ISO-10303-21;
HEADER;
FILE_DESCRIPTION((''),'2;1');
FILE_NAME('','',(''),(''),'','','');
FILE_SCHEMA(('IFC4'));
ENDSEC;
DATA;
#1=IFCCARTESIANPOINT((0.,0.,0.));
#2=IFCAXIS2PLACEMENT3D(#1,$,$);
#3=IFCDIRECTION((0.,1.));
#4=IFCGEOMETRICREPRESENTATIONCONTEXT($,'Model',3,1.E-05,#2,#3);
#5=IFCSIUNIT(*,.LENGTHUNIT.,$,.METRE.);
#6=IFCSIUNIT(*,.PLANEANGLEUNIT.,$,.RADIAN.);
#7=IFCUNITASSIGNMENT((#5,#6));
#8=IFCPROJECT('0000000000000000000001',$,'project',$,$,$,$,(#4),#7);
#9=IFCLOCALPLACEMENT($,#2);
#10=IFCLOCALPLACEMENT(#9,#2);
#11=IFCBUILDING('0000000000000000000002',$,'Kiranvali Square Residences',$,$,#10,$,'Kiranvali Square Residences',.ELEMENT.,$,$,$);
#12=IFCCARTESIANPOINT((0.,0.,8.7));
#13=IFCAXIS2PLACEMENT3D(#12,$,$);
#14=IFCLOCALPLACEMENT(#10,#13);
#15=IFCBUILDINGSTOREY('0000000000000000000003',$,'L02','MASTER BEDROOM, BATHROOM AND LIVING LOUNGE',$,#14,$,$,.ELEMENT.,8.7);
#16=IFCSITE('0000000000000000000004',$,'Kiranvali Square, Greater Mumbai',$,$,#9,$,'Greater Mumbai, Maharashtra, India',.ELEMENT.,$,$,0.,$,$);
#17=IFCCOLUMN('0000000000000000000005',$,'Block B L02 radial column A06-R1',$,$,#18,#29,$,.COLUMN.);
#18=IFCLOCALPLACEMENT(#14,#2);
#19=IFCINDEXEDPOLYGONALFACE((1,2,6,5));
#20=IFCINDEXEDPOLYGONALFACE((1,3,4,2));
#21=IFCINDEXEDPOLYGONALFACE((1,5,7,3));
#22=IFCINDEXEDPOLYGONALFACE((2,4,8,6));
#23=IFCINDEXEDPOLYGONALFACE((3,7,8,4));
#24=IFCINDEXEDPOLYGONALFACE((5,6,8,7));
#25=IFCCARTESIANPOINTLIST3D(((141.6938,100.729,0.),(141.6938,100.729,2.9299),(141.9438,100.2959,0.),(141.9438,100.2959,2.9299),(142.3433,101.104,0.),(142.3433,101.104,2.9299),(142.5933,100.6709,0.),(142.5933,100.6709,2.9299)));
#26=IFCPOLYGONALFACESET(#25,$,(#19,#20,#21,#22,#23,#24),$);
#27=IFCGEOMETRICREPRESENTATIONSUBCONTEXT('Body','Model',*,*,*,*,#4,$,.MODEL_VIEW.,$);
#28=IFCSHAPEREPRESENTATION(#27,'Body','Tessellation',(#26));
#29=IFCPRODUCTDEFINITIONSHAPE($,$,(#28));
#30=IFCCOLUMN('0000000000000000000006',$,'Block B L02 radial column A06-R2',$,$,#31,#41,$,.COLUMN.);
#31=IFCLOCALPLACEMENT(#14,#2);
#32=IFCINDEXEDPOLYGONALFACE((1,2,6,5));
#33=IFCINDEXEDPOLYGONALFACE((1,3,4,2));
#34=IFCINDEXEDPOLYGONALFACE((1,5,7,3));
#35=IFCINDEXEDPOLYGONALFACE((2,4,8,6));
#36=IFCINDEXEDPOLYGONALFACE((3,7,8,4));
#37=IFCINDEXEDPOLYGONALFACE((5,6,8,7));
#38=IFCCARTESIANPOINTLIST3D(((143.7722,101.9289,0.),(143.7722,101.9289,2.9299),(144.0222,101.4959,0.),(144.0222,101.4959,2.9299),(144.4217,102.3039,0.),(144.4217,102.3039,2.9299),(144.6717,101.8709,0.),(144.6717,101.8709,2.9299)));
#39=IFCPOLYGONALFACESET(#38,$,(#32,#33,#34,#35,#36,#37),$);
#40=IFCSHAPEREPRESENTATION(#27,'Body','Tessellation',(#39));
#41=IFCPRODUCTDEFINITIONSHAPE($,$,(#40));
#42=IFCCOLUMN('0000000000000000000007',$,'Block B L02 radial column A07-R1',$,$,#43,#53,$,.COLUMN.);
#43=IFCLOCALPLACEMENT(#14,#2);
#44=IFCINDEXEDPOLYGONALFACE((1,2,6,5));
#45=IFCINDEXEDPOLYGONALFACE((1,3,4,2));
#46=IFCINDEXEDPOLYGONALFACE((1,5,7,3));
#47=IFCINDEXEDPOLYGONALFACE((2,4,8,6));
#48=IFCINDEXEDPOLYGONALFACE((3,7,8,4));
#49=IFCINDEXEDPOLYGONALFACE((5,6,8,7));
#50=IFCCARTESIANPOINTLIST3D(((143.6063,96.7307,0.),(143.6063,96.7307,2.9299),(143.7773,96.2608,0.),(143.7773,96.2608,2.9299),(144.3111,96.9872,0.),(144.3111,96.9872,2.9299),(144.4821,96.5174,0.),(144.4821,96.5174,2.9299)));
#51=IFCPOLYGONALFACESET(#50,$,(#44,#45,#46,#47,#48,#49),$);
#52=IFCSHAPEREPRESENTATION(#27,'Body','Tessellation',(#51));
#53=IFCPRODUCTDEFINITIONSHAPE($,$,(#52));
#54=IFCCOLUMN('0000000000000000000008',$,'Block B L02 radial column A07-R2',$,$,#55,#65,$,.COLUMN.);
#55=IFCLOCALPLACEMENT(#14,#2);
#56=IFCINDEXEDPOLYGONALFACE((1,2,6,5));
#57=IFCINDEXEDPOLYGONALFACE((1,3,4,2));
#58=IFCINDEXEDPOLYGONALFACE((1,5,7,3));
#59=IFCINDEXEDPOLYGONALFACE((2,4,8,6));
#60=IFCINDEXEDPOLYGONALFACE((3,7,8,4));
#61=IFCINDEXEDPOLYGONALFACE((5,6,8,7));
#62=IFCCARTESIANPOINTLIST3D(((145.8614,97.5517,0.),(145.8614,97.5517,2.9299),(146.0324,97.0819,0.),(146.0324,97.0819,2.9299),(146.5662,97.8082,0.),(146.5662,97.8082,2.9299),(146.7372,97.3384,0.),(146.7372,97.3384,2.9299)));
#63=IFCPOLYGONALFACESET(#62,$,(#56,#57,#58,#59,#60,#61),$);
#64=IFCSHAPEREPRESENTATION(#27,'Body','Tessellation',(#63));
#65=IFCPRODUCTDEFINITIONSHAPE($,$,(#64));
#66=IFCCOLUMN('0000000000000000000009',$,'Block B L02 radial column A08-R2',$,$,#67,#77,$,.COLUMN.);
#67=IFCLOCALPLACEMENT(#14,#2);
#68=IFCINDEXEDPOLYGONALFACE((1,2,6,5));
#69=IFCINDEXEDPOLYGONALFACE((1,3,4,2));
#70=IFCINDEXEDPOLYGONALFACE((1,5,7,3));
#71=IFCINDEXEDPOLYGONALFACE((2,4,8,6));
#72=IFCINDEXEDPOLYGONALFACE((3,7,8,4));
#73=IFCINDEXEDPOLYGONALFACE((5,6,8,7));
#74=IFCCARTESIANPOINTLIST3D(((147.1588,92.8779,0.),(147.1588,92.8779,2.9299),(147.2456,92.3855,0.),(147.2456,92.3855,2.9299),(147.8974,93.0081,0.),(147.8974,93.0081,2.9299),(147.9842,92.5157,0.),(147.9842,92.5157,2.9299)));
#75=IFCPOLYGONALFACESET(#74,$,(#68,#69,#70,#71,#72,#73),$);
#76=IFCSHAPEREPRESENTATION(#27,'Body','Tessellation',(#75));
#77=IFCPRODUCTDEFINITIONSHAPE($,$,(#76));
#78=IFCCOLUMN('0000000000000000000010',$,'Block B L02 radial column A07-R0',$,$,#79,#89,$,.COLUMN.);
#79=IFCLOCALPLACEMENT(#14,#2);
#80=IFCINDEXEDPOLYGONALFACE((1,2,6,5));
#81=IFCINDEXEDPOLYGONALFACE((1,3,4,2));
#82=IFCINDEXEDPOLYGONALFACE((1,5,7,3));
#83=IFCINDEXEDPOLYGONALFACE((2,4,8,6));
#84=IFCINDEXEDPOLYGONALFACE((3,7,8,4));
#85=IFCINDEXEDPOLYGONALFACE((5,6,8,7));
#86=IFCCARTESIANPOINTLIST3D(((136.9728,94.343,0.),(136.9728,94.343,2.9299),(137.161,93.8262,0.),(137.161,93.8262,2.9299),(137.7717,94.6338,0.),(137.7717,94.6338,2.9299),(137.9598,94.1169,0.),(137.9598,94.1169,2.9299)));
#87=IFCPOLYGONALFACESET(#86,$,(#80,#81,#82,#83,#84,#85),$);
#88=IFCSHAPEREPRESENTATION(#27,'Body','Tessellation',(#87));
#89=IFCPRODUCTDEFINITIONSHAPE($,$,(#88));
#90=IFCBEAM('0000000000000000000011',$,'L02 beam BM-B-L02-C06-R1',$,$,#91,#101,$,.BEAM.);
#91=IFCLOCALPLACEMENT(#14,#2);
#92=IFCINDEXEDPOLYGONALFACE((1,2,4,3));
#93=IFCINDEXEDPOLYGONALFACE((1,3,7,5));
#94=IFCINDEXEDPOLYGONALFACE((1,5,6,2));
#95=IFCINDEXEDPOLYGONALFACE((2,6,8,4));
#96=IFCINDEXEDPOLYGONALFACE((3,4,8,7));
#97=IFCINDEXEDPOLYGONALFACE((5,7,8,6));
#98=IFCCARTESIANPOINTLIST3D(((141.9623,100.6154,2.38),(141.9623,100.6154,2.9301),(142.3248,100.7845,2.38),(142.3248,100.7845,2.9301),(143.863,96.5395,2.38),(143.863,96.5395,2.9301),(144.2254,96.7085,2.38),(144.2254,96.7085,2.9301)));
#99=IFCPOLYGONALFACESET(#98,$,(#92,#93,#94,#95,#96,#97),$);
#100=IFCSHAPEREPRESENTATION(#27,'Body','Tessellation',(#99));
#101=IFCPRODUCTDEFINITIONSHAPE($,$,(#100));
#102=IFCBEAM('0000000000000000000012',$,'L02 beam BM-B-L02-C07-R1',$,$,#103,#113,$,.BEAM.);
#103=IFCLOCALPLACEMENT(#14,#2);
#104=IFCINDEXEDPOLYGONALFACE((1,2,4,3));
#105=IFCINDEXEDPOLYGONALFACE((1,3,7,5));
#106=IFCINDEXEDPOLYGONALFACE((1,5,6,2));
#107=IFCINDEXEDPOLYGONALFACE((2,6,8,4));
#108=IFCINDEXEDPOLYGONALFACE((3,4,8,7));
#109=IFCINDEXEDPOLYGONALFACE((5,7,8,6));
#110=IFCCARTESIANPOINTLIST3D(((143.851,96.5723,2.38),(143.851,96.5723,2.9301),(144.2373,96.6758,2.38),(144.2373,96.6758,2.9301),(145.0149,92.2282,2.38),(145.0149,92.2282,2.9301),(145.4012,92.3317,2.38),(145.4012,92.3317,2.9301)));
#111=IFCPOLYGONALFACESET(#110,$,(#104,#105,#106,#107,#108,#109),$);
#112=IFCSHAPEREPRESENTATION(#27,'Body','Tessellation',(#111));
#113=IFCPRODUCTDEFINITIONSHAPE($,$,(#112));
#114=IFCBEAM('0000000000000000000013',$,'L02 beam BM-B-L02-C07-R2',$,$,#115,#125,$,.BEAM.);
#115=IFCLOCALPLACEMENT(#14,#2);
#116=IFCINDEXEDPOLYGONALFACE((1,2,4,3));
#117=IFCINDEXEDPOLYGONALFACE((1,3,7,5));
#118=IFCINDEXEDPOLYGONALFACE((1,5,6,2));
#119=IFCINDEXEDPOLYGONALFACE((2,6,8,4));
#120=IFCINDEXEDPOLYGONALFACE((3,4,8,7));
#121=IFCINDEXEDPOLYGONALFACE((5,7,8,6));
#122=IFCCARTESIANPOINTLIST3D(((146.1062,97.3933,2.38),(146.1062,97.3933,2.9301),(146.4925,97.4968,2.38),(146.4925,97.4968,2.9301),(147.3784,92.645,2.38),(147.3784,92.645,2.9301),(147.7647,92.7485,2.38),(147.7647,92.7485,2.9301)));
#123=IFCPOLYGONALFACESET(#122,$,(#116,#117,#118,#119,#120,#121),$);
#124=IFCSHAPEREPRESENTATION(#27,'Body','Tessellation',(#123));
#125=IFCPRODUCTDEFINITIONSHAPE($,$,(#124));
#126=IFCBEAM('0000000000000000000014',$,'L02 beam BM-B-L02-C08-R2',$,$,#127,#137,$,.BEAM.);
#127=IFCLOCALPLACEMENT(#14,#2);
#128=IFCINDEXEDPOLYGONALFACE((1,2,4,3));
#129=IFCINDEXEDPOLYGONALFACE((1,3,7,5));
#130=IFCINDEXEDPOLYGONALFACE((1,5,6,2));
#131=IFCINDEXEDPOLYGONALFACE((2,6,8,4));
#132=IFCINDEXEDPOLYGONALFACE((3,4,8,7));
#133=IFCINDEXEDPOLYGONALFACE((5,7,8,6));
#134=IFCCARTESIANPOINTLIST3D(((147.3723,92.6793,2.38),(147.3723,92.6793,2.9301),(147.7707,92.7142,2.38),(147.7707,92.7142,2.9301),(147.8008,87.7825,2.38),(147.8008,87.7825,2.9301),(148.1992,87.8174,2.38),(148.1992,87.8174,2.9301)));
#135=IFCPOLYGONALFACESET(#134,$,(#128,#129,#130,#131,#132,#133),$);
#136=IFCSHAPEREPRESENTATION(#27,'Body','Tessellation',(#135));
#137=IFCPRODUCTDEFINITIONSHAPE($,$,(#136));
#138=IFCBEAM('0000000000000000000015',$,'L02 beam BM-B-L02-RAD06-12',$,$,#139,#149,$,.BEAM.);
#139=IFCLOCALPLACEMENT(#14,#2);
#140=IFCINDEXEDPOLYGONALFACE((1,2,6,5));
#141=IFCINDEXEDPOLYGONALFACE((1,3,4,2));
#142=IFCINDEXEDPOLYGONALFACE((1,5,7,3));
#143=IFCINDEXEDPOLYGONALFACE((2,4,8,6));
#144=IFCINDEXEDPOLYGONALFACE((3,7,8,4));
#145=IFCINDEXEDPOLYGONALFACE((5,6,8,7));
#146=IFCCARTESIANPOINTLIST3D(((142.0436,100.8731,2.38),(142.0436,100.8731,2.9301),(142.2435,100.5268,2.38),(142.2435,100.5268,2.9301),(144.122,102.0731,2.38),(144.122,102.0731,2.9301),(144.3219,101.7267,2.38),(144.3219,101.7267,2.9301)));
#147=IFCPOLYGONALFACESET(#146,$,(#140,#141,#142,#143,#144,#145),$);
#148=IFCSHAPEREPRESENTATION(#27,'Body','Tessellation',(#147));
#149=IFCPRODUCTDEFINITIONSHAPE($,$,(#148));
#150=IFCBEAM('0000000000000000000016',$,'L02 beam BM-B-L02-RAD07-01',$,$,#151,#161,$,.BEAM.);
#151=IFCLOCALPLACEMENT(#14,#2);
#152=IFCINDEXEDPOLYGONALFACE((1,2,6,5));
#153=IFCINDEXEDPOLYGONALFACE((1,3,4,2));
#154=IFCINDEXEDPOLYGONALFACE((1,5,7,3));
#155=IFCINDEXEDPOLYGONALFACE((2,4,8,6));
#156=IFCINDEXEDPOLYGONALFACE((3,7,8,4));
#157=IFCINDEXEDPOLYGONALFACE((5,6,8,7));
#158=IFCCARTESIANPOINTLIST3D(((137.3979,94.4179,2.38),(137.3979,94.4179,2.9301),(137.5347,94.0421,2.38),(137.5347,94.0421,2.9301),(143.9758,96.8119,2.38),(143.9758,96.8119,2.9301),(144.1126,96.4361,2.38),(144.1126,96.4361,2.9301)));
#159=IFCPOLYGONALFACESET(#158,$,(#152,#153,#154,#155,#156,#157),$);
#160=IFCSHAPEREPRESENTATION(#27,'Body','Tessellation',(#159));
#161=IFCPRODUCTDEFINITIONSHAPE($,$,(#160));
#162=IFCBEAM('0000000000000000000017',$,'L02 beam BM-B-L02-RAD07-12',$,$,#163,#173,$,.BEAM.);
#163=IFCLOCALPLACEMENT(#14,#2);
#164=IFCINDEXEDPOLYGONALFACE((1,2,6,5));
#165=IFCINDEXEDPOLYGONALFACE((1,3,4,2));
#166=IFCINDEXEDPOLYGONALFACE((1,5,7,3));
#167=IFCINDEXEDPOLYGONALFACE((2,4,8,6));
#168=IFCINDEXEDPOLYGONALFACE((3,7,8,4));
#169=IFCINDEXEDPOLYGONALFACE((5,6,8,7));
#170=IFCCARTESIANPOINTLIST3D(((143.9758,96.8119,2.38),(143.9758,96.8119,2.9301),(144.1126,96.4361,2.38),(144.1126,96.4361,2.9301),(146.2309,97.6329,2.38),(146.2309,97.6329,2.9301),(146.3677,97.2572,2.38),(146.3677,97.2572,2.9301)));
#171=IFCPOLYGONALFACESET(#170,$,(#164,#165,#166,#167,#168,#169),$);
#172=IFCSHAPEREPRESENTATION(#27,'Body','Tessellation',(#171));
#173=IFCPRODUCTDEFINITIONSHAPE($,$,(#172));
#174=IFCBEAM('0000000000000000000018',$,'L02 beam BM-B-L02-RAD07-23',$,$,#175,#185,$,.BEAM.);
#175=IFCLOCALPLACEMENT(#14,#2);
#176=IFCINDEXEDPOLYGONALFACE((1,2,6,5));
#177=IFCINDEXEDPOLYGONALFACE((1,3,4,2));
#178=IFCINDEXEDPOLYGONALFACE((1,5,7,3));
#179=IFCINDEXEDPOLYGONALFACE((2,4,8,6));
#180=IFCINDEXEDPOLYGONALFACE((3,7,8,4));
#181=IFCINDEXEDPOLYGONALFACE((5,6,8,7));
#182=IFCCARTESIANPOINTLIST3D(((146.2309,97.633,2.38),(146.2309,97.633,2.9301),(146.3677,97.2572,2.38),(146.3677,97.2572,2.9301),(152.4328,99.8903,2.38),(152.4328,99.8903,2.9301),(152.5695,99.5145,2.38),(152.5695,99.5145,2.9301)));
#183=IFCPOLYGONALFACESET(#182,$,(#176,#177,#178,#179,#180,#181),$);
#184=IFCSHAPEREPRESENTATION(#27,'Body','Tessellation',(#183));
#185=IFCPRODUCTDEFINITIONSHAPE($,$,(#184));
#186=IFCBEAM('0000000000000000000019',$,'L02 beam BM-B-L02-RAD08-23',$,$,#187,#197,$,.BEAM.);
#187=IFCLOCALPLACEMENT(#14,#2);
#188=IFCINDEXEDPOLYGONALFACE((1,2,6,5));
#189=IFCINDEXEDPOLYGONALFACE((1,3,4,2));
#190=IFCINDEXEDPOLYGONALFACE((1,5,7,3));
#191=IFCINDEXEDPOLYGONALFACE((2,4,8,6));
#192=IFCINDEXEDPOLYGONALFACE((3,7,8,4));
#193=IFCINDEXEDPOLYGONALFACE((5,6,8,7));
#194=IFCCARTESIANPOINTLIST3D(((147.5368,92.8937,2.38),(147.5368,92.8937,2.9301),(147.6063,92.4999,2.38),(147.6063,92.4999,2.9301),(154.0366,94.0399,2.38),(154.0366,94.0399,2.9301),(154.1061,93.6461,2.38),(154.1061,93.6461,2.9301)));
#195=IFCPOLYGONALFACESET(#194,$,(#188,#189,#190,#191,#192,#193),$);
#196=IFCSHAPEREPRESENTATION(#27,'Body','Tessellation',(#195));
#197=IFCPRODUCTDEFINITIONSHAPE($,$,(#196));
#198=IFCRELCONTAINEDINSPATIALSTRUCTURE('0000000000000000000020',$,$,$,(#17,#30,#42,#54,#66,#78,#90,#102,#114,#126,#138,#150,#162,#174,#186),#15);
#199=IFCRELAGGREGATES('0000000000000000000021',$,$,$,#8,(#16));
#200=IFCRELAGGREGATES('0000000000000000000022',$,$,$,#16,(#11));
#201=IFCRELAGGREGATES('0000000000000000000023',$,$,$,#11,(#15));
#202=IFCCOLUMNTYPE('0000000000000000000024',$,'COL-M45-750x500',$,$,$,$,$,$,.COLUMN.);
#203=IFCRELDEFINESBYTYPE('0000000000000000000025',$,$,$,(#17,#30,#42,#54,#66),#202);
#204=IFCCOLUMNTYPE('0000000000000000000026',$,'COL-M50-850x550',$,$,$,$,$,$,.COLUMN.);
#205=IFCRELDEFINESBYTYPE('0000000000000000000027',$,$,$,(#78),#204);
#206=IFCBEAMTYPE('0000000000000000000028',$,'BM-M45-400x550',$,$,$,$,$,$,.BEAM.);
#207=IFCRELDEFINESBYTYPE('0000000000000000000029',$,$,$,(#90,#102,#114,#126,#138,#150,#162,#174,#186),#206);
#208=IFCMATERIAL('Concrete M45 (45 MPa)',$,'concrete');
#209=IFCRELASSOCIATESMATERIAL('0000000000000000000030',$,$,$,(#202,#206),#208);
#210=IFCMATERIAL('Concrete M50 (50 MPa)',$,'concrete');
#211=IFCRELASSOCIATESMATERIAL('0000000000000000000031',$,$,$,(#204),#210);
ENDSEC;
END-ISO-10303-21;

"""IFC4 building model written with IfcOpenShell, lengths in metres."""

from ifc_helpers import new_model, si_unit, direction, frame, origin, origin_2d, place, context, subcontext, project, spatial, rectangle, extrude, material, material_profile, profile_set, type_object, element, save


model = new_model("IFC4")

# Units and contexts
model_context = context("Model", 3, precision=1e-05, world=origin(), true_north=direction((0.0, 1.0)))
body_context = subcontext(model_context, "Body", "Model", "MODEL_VIEW")
ifc_project = project(units=[si_unit("LENGTHUNIT", "METRE"), si_unit("PLANEANGLEUNIT", "RADIAN")], contexts=[model_context])

# Site, building, storey
site_placement = place(None, origin())
site = spatial("IfcSite", under=ifc_project, at=site_placement, Name="Kiranvali Square, Greater Mumbai", LongName="Greater Mumbai, Maharashtra, India", CompositionType="ELEMENT", RefElevation=0.0)
building_placement = place(site_placement, origin())
building = spatial("IfcBuilding", under=site, at=building_placement, Name="Kiranvali Square Residences", LongName="Kiranvali Square Residences", CompositionType="ELEMENT")
storey_placement = place(building_placement, frame((0.0, 0.0, 8.7)))
storey = spatial("IfcBuildingStorey", under=building, at=storey_placement, Name="L02", Description="MASTER BEDROOM, BATHROOM AND LIVING LOUNGE", CompositionType="ELEMENT", Elevation=8.7)

# Columns
ifc_material_1 = material(Name="Concrete M45 (45 MPa)", Category="concrete")
ifc_material_profile_1 = material_profile(ifc_material_1, rectangle(XDim=0.5, YDim=0.75, at=origin_2d()), Name="RC 750x500")
ifc_profile_set_1 = profile_set([ifc_material_profile_1], Name="Concrete M45 (45 MPa)")
column_type_1 = type_object("IfcColumnType", Name="COL-M45-750x500", PredefinedType="COLUMN", material=ifc_profile_set_1)
for number, where, z_axis, x_axis, name in (
    (1, (142.1436, 100.7, 0.0), (0.0, 0.0, 1.0), (-0.5, 0.866025, 0.0), "Block B L02 radial column A06-R1"),
    (2, (144.2219, 101.8999, 0.0), (0.0, 0.0, 1.0), (-0.5, 0.866025, 0.0), "Block B L02 radial column A06-R2"),
    (3, (144.0442, 96.624, 0.0), (0.0, 0.0, 1.0), (-0.34202, 0.939693, 0.0), "Block B L02 radial column A07-R1"),
    (4, (146.2993, 97.4451, 0.0), (0.0, 0.0, 1.0), (-0.34202, 0.939693, 0.0), "Block B L02 radial column A07-R2"),
    (5, (147.5715, 92.6968, 0.0), (0.0, 0.0, 1.0), (-0.173648, 0.984808, 0.0), "Block B L02 radial column A08-R2"),
):
    element("IfcColumn", number, at=place(storey_placement, frame(where, z_axis=z_axis, x_axis=x_axis)), inside=storey, type_object=column_type_1, Name=name, PredefinedType="COLUMN", context=body_context, shape_type="SweptSolid", body=[
        extrude(rectangle(XDim=0.5, YDim=0.75, at=origin_2d()), origin(), (0.0, 0.0, 1.0), 2.9299),
    ])
ifc_material_2 = material(Name="Concrete M50 (50 MPa)", Category="concrete")
ifc_material_profile_2 = material_profile(ifc_material_2, rectangle(XDim=0.55, YDim=0.8501, at=origin_2d()), Name="RC 850x550")
ifc_profile_set_2 = profile_set([ifc_material_profile_2], Name="Concrete M50 (50 MPa)")
column_type_2 = type_object("IfcColumnType", Name="COL-M50-850x550", PredefinedType="COLUMN", material=ifc_profile_set_2)
column_placement = place(storey_placement, frame((137.4663, 94.23, 0.0), z_axis=(0.0, 0.0, 1.0), x_axis=(-0.34202, 0.939693, 0.0)))
element("IfcColumn", 6, at=column_placement, inside=storey, type_object=column_type_2, Name="Block B L02 radial column A07-R0", PredefinedType="COLUMN", context=body_context, shape_type="SweptSolid", body=[
    extrude(rectangle(XDim=0.55, YDim=0.8501, at=origin_2d()), origin(), (0.0, 0.0, 1.0), 2.9299),
])

# Beams
ifc_material_profile_3 = material_profile(ifc_material_1, rectangle(XDim=0.3999, YDim=0.55, at=origin_2d()), Name="RC 400x550")
ifc_profile_set_3 = profile_set([ifc_material_profile_3], Name="Concrete M45 (45 MPa)")
beam_type_1 = type_object("IfcBeamType", Name="BM-M45-400x550", PredefinedType="BEAM", material=ifc_profile_set_3)
for number, where, z_axis, x_axis, name in (
    (7, (142.1436, 100.7, 2.655), (0.422618, -0.906308, 0.0), (0.906308, 0.422618, 0.0), "L02 beam BM-B-L02-C06-R1"),
    (8, (144.0442, 96.624, 2.655), (0.258788, -0.965934, 0.0), (0.965934, 0.258788, 0.0), "L02 beam BM-B-L02-C07-R1"),
):
    element("IfcBeam", number, at=place(storey_placement, frame(where, z_axis=z_axis, x_axis=x_axis)), inside=storey, type_object=beam_type_1, Name=name, PredefinedType="BEAM", context=body_context, shape_type="SweptSolid", body=[
        extrude(rectangle(XDim=0.3999, YDim=0.55, at=origin_2d()), origin(), (0.0, 0.0, 1.0), 4.4973),
    ])
beam_1_placement = place(storey_placement, frame((146.2993, 97.4451, 2.655), z_axis=(0.258803, -0.96593, 0.0), x_axis=(0.96593, 0.258803, 0.0)))
element("IfcBeam", 9, at=beam_1_placement, inside=storey, type_object=beam_type_1, Name="L02 beam BM-B-L02-C07-R2", PredefinedType="BEAM", context=body_context, shape_type="SweptSolid", body=[
    extrude(rectangle(XDim=0.3999, YDim=0.55, at=origin_2d()), origin(), (0.0, 0.0, 1.0), 4.9158),
])
beam_2_placement = place(storey_placement, frame((147.5715, 92.6968, 2.655), z_axis=(0.087168, -0.996194, 0.0), x_axis=(0.996194, 0.087168, 0.0)))
element("IfcBeam", 10, at=beam_2_placement, inside=storey, type_object=beam_type_1, Name="L02 beam BM-B-L02-C08-R2", PredefinedType="BEAM", context=body_context, shape_type="SweptSolid", body=[
    extrude(rectangle(XDim=0.3999, YDim=0.55, at=origin_2d()), origin(), (0.0, 0.0, 1.0), 4.9155),
])
beam_3_placement = place(storey_placement, frame((142.1436, 100.7, 2.655), z_axis=(0.866025, 0.500001, 0.0), x_axis=(-0.500001, 0.866025, 0.0)))
element("IfcBeam", 11, at=beam_3_placement, inside=storey, type_object=beam_type_1, Name="L02 beam BM-B-L02-RAD06-12", PredefinedType="BEAM", context=body_context, shape_type="SweptSolid", body=[
    extrude(rectangle(XDim=0.3999, YDim=0.55, at=origin_2d()), origin(), (0.0, 0.0, 1.0), 2.3999),
])
beam_4_placement = place(storey_placement, frame((137.4663, 94.23, 2.655), z_axis=(0.939698, 0.342006, 0.0), x_axis=(-0.342006, 0.939698, 0.0)))
element("IfcBeam", 12, at=beam_4_placement, inside=storey, type_object=beam_type_1, Name="L02 beam BM-B-L02-RAD07-01", PredefinedType="BEAM", context=body_context, shape_type="SweptSolid", body=[
    extrude(rectangle(XDim=0.3999, YDim=0.55, at=origin_2d()), origin(), (0.0, 0.0, 1.0), 7.0),
])
beam_5_placement = place(storey_placement, frame((144.0442, 96.624, 2.655), z_axis=(0.93966, 0.342111, 0.0), x_axis=(-0.342111, 0.93966, 0.0)))
element("IfcBeam", 13, at=beam_5_placement, inside=storey, type_object=beam_type_1, Name="L02 beam BM-B-L02-RAD07-12", PredefinedType="BEAM", context=body_context, shape_type="SweptSolid", body=[
    extrude(rectangle(XDim=0.3999, YDim=0.55, at=origin_2d()), origin(), (0.0, 0.0, 1.0), 2.3999),
])
beam_6_placement = place(storey_placement, frame((146.2993, 97.4451, 2.655), z_axis=(0.939692, 0.342022, 0.0), x_axis=(-0.342022, 0.939692, 0.0)))
element("IfcBeam", 14, at=beam_6_placement, inside=storey, type_object=beam_type_1, Name="L02 beam BM-B-L02-RAD07-23", PredefinedType="BEAM", context=body_context, shape_type="SweptSolid", body=[
    extrude(rectangle(XDim=0.3999, YDim=0.55, at=origin_2d()), origin(), (0.0, 0.0, 1.0), 6.5999),
])
beam_7_placement = place(storey_placement, frame((147.5715, 92.6968, 2.655), z_axis=(0.984804, 0.173671, 0.0), x_axis=(-0.173671, 0.984804, 0.0)))
element("IfcBeam", 15, at=beam_7_placement, inside=storey, type_object=beam_type_1, Name="L02 beam BM-B-L02-RAD08-23", PredefinedType="BEAM", context=body_context, shape_type="SweptSolid", body=[
    extrude(rectangle(XDim=0.3999, YDim=0.55, at=origin_2d()), origin(), (0.0, 0.0, 1.0), 6.6001),
])

save(model, "model.ifc")
